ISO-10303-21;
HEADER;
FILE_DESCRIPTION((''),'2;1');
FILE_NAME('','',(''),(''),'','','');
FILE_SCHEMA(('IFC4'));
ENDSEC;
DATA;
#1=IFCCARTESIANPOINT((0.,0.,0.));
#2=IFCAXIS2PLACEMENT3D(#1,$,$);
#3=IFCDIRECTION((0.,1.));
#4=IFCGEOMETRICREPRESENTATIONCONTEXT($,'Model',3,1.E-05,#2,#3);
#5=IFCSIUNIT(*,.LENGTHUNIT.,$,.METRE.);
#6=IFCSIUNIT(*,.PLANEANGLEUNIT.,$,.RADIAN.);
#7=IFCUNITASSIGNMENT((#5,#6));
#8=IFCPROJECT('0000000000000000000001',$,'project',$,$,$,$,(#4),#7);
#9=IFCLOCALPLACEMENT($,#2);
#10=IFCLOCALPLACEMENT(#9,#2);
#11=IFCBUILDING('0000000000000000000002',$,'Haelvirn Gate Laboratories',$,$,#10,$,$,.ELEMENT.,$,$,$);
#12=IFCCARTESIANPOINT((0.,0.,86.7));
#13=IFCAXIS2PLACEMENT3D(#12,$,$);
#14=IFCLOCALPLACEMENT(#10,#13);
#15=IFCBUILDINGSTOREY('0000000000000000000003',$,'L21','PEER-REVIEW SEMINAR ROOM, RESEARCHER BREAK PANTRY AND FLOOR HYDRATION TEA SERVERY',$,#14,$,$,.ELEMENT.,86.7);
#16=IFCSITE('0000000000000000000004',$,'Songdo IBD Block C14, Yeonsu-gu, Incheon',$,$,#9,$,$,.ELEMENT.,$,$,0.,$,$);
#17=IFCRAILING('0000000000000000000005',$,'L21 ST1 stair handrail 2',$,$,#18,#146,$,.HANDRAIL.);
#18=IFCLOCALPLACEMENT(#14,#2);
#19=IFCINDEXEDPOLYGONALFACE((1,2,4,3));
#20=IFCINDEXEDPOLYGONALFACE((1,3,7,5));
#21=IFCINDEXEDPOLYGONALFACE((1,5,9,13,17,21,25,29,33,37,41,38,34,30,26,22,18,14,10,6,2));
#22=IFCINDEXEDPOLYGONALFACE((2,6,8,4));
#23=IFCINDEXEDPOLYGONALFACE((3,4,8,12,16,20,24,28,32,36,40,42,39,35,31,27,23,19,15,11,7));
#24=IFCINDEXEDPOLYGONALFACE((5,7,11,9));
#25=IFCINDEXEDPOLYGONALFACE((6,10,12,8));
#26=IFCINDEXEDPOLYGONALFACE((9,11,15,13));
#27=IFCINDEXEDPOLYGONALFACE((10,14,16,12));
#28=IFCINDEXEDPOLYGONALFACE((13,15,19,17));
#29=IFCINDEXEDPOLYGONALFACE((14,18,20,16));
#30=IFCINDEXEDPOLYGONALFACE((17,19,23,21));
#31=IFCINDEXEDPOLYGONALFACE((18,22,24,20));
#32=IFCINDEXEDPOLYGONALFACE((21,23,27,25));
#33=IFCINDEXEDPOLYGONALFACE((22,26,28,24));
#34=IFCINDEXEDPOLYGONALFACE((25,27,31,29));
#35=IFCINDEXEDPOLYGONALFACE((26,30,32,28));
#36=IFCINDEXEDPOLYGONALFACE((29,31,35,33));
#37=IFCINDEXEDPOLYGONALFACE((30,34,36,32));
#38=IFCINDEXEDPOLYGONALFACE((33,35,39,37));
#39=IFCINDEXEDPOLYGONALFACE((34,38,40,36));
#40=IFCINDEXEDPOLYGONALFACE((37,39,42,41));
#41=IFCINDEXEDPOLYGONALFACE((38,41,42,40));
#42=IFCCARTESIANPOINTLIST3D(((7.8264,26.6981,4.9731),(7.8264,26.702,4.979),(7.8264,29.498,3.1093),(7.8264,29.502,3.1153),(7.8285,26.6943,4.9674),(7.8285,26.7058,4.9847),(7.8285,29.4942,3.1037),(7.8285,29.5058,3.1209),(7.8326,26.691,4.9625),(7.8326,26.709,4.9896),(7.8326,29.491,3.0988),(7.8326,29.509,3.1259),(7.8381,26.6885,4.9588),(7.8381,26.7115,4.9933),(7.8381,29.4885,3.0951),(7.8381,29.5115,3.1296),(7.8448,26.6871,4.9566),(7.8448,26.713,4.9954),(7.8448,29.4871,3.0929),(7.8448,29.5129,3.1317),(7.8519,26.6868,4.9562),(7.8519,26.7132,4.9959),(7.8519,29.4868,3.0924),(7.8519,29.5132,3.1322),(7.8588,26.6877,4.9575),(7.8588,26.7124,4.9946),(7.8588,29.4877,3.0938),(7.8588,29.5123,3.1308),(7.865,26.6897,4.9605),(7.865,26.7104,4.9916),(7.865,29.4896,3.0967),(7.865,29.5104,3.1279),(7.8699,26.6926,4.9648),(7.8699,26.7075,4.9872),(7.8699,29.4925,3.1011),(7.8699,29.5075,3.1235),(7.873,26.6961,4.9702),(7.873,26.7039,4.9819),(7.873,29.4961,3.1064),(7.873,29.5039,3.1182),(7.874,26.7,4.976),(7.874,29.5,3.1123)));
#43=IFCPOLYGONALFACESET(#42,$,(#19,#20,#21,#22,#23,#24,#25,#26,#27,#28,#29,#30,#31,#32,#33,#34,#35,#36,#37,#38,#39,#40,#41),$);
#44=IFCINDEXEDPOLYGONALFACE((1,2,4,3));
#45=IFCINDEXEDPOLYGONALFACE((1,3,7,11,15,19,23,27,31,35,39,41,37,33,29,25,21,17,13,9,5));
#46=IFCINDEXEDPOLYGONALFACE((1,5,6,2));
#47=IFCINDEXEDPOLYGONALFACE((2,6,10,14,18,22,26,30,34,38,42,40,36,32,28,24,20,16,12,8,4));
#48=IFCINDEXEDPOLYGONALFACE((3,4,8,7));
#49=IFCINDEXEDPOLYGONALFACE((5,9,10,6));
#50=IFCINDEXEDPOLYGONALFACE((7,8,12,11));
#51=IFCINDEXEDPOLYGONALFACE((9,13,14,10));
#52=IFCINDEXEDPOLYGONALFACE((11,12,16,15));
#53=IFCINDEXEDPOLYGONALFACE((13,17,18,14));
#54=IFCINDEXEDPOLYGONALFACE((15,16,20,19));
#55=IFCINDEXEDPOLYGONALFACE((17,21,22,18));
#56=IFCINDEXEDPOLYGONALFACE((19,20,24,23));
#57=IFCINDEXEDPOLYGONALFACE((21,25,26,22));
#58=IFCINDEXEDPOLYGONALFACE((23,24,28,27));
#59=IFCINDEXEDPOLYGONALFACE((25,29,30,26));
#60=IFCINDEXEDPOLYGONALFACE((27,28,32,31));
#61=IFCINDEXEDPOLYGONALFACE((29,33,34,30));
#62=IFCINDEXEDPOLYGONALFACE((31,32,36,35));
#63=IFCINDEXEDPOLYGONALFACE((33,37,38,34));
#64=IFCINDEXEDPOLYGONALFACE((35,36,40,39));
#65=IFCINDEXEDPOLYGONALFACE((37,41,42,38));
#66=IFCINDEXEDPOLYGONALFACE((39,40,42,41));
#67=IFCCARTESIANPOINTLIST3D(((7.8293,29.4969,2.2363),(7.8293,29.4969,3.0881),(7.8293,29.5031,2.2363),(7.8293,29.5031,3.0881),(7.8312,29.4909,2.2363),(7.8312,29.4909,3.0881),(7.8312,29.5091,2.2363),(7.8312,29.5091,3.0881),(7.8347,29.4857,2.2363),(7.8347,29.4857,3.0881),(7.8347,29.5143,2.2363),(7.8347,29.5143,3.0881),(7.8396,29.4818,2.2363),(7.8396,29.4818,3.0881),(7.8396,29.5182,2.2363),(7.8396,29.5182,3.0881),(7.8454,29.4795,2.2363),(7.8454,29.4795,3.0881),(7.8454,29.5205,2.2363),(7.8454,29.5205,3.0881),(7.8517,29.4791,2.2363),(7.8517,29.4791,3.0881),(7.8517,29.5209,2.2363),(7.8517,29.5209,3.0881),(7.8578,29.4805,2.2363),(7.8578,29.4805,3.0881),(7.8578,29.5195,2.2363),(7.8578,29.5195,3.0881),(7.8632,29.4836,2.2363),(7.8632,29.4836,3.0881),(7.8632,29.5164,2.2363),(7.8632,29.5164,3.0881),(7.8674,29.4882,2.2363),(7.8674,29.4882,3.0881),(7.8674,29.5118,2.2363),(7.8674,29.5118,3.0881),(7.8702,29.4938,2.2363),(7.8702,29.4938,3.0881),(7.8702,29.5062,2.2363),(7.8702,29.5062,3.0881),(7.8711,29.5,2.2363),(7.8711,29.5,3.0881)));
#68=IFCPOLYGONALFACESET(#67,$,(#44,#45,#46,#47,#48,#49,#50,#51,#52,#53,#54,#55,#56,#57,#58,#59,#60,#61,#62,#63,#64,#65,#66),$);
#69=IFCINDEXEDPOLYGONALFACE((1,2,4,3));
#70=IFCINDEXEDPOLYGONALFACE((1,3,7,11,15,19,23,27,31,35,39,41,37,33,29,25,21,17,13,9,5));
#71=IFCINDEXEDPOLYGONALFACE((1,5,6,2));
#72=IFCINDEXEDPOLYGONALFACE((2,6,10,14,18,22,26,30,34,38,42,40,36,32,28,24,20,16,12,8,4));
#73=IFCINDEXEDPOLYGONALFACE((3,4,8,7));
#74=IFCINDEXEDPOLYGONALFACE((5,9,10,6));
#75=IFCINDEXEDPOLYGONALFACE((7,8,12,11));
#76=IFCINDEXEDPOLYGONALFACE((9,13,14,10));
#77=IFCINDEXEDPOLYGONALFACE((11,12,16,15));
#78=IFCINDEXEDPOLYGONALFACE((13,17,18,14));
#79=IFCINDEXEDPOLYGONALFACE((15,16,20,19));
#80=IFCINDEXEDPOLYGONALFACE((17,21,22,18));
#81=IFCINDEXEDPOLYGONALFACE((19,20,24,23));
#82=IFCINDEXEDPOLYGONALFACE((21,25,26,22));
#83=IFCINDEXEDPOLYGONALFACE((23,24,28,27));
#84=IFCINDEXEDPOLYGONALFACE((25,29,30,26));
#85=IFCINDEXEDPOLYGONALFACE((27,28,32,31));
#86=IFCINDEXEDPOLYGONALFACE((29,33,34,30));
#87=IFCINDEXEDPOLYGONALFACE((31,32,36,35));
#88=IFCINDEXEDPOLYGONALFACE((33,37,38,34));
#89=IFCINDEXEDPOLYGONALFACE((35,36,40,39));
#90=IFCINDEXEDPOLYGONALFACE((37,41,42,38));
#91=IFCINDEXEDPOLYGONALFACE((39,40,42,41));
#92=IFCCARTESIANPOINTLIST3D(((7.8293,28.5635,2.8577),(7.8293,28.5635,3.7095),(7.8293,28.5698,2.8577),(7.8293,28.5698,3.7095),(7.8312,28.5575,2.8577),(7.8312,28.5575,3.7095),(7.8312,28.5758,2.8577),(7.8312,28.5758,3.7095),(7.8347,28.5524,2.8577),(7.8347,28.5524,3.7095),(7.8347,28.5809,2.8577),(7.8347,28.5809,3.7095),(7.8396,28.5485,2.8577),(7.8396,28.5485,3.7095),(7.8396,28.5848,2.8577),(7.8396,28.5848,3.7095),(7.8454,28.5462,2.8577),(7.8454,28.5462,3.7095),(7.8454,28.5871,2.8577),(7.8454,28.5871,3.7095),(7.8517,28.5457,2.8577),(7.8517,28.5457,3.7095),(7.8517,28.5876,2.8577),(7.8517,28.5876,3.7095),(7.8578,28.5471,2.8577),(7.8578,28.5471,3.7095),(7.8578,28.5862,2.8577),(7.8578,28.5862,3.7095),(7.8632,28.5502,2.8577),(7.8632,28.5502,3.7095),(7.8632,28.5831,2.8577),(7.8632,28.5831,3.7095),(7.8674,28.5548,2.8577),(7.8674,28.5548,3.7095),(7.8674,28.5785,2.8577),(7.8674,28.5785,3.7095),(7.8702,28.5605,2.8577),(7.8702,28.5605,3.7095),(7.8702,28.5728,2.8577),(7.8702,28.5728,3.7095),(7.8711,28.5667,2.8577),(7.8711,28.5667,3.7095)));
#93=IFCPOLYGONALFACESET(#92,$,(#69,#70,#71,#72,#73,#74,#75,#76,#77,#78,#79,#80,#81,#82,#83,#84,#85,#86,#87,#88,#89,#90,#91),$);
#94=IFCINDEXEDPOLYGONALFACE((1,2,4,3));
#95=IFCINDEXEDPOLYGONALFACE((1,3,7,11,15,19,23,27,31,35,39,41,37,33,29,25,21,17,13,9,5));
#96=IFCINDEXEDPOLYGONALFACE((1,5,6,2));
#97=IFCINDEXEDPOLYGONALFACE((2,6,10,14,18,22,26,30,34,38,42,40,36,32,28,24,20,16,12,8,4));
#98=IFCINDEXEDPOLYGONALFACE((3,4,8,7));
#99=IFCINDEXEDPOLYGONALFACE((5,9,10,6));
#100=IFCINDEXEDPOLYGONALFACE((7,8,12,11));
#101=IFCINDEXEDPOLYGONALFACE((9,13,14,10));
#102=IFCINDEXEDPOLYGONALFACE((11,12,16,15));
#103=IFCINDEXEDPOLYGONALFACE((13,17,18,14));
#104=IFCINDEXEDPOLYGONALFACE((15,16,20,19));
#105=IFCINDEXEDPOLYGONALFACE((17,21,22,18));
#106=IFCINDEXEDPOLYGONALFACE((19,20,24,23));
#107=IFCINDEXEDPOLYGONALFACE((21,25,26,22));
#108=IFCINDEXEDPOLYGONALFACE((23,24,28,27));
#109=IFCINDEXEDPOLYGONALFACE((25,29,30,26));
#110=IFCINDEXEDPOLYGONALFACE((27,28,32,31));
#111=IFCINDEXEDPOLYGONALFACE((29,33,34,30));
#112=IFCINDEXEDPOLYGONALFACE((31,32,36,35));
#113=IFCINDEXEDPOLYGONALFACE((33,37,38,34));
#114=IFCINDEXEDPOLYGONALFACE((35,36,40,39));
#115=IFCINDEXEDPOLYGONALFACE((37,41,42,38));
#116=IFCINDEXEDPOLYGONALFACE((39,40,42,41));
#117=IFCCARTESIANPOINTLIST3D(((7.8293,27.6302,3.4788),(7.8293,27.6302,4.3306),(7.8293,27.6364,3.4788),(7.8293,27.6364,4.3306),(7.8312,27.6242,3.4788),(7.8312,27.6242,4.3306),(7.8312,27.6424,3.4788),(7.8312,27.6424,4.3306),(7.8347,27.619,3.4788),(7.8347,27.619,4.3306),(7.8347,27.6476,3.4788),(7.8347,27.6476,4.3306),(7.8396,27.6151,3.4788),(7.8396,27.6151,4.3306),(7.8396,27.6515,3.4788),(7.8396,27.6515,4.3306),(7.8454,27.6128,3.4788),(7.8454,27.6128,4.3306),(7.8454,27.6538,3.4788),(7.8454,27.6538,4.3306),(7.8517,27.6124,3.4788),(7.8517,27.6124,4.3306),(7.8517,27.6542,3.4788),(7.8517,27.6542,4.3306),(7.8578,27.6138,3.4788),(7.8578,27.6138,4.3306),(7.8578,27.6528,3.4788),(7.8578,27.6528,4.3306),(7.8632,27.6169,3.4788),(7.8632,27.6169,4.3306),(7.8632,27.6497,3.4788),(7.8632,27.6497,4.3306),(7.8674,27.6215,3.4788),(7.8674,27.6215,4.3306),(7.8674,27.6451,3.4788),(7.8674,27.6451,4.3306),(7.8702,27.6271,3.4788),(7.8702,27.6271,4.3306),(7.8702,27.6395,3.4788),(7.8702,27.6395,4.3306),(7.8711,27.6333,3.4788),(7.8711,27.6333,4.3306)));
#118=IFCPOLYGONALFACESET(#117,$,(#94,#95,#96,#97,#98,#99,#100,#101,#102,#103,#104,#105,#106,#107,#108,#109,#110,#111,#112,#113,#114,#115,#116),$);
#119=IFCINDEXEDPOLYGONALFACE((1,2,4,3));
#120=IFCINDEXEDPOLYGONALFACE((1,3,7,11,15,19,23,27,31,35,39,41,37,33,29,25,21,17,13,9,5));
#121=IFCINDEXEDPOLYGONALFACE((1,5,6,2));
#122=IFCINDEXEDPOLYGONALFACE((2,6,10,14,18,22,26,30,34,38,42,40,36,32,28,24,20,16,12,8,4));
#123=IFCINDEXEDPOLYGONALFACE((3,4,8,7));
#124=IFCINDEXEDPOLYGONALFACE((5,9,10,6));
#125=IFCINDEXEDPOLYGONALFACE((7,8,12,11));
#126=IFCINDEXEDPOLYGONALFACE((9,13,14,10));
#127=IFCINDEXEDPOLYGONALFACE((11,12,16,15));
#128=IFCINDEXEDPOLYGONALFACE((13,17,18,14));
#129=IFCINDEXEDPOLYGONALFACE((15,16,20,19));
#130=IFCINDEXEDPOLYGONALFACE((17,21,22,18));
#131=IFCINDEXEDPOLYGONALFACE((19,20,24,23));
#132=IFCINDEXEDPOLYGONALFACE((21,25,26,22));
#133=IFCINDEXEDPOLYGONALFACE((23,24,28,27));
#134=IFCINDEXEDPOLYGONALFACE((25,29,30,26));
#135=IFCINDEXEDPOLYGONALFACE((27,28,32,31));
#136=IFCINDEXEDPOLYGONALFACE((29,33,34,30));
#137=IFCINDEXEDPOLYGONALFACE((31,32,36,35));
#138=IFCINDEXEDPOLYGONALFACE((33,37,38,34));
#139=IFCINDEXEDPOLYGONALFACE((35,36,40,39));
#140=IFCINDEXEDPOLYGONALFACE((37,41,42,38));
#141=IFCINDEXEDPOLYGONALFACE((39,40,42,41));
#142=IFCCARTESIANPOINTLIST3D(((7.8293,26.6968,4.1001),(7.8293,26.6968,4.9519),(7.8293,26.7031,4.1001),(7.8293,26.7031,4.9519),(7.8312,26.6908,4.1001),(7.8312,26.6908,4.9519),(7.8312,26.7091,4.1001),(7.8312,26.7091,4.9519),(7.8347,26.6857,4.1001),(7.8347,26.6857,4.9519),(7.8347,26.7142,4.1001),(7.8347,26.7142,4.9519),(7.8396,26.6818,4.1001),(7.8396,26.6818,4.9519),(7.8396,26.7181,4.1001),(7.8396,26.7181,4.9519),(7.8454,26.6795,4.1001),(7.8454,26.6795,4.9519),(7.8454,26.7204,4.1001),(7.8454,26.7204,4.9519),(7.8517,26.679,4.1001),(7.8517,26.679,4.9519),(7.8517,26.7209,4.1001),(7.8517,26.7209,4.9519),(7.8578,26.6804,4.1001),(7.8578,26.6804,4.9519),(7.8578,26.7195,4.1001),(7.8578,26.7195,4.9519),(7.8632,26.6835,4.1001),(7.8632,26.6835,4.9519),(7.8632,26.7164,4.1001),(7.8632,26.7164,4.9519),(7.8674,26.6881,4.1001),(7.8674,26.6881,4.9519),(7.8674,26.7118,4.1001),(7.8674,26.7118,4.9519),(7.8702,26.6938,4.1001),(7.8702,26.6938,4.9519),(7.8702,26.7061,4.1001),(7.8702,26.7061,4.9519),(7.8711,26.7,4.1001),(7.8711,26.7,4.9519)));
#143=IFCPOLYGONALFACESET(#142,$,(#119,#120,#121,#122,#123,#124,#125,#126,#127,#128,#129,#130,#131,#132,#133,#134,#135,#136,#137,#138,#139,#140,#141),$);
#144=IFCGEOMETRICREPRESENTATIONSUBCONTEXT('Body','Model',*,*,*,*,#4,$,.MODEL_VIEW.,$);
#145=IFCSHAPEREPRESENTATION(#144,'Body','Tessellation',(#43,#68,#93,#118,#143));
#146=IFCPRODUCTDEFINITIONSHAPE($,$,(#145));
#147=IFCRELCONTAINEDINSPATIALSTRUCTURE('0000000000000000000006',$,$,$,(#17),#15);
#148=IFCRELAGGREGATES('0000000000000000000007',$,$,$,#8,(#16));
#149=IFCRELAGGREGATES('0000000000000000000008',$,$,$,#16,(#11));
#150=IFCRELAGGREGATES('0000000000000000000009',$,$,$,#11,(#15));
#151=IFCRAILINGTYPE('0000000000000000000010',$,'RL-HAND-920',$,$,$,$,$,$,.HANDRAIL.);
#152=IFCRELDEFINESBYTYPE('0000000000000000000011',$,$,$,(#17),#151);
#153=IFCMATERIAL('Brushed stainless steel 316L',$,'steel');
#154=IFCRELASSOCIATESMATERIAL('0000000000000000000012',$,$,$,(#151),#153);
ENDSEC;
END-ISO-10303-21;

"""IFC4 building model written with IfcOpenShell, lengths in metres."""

from ifc_helpers import new_model, si_unit, direction, frame, origin, origin_2d, place, context, subcontext, project, spatial, circle, extrude, source, transform, mapped, material, type_object, element, save


model = new_model("IFC4")

# Units and contexts
model_context = context("Model", 3, precision=1e-05, world=origin(), true_north=direction((0.0, 1.0)))
body_context = subcontext(model_context, "Body", "Model", "MODEL_VIEW")
ifc_project = project(units=[si_unit("LENGTHUNIT", "METRE"), si_unit("PLANEANGLEUNIT", "RADIAN")], contexts=[model_context])

# Site, building, storey
site_placement = place(None, origin())
site = spatial("IfcSite", under=ifc_project, at=site_placement, Name="Songdo IBD Block C14, Yeonsu-gu, Incheon", CompositionType="ELEMENT", RefElevation=0.0)
building_placement = place(site_placement, origin())
building = spatial("IfcBuilding", under=site, at=building_placement, Name="Haelvirn Gate Laboratories", CompositionType="ELEMENT")
storey_placement = place(building_placement, frame((0.0, 0.0, 86.7)))
storey = spatial("IfcBuildingStorey", under=building, at=storey_placement, Name="L21", Description="PEER-REVIEW SEMINAR ROOM, RESEARCHER BREAK PANTRY AND FLOOR HYDRATION TEA SERVERY", CompositionType="ELEMENT", Elevation=86.7)

# Railing
ifc_material_1 = material(Name="Brushed stainless steel 316L", Category="steel")
railing_type_1 = type_object("IfcRailingType", Name="RL-HAND-920", PredefinedType="HANDRAIL", material=ifc_material_1)
shared_shape_1 = source(origin(), body_context, "Body", "SweptSolid", [
    extrude(circle(Radius=0.0239, at=origin_2d()), frame((0.0, 0.0, 0.876), z_axis=(0.0, -0.832452, 0.554097), x_axis=(1.0, 0.0, 0.0)), (0.0, 0.0, 1.0), 3.3635),
    extrude(circle(Radius=0.021, at=origin_2d()), origin(), (0.0, 0.0, 1.0), 0.8518),
    extrude(circle(Radius=0.021, at=origin_2d()), frame((0.0, -0.9333, 0.6213)), (0.0, 0.0, 1.0), 0.8518),
    extrude(circle(Radius=0.021, at=origin_2d()), frame((0.0, -1.8667, 1.2424)), (0.0, 0.0, 1.0), 0.8518),
    extrude(circle(Radius=0.021, at=origin_2d()), frame((0.0, -2.8, 1.8638)), (0.0, 0.0, 1.0), 0.8518),
])
railing_1_placement = place(storey_placement, frame((7.8501, 29.5, 2.2363)))
element("IfcRailing", 1, at=railing_1_placement, inside=storey, type_object=railing_type_1, Name="L21 ST1 stair handrail 2", PredefinedType="HANDRAIL", context=body_context, shape_type="MappedRepresentation", body=[
    mapped(shared_shape_1, transform((0.0, 0.0, 0.0), scale=1.0)),
])

save(model, "model.ifc")
